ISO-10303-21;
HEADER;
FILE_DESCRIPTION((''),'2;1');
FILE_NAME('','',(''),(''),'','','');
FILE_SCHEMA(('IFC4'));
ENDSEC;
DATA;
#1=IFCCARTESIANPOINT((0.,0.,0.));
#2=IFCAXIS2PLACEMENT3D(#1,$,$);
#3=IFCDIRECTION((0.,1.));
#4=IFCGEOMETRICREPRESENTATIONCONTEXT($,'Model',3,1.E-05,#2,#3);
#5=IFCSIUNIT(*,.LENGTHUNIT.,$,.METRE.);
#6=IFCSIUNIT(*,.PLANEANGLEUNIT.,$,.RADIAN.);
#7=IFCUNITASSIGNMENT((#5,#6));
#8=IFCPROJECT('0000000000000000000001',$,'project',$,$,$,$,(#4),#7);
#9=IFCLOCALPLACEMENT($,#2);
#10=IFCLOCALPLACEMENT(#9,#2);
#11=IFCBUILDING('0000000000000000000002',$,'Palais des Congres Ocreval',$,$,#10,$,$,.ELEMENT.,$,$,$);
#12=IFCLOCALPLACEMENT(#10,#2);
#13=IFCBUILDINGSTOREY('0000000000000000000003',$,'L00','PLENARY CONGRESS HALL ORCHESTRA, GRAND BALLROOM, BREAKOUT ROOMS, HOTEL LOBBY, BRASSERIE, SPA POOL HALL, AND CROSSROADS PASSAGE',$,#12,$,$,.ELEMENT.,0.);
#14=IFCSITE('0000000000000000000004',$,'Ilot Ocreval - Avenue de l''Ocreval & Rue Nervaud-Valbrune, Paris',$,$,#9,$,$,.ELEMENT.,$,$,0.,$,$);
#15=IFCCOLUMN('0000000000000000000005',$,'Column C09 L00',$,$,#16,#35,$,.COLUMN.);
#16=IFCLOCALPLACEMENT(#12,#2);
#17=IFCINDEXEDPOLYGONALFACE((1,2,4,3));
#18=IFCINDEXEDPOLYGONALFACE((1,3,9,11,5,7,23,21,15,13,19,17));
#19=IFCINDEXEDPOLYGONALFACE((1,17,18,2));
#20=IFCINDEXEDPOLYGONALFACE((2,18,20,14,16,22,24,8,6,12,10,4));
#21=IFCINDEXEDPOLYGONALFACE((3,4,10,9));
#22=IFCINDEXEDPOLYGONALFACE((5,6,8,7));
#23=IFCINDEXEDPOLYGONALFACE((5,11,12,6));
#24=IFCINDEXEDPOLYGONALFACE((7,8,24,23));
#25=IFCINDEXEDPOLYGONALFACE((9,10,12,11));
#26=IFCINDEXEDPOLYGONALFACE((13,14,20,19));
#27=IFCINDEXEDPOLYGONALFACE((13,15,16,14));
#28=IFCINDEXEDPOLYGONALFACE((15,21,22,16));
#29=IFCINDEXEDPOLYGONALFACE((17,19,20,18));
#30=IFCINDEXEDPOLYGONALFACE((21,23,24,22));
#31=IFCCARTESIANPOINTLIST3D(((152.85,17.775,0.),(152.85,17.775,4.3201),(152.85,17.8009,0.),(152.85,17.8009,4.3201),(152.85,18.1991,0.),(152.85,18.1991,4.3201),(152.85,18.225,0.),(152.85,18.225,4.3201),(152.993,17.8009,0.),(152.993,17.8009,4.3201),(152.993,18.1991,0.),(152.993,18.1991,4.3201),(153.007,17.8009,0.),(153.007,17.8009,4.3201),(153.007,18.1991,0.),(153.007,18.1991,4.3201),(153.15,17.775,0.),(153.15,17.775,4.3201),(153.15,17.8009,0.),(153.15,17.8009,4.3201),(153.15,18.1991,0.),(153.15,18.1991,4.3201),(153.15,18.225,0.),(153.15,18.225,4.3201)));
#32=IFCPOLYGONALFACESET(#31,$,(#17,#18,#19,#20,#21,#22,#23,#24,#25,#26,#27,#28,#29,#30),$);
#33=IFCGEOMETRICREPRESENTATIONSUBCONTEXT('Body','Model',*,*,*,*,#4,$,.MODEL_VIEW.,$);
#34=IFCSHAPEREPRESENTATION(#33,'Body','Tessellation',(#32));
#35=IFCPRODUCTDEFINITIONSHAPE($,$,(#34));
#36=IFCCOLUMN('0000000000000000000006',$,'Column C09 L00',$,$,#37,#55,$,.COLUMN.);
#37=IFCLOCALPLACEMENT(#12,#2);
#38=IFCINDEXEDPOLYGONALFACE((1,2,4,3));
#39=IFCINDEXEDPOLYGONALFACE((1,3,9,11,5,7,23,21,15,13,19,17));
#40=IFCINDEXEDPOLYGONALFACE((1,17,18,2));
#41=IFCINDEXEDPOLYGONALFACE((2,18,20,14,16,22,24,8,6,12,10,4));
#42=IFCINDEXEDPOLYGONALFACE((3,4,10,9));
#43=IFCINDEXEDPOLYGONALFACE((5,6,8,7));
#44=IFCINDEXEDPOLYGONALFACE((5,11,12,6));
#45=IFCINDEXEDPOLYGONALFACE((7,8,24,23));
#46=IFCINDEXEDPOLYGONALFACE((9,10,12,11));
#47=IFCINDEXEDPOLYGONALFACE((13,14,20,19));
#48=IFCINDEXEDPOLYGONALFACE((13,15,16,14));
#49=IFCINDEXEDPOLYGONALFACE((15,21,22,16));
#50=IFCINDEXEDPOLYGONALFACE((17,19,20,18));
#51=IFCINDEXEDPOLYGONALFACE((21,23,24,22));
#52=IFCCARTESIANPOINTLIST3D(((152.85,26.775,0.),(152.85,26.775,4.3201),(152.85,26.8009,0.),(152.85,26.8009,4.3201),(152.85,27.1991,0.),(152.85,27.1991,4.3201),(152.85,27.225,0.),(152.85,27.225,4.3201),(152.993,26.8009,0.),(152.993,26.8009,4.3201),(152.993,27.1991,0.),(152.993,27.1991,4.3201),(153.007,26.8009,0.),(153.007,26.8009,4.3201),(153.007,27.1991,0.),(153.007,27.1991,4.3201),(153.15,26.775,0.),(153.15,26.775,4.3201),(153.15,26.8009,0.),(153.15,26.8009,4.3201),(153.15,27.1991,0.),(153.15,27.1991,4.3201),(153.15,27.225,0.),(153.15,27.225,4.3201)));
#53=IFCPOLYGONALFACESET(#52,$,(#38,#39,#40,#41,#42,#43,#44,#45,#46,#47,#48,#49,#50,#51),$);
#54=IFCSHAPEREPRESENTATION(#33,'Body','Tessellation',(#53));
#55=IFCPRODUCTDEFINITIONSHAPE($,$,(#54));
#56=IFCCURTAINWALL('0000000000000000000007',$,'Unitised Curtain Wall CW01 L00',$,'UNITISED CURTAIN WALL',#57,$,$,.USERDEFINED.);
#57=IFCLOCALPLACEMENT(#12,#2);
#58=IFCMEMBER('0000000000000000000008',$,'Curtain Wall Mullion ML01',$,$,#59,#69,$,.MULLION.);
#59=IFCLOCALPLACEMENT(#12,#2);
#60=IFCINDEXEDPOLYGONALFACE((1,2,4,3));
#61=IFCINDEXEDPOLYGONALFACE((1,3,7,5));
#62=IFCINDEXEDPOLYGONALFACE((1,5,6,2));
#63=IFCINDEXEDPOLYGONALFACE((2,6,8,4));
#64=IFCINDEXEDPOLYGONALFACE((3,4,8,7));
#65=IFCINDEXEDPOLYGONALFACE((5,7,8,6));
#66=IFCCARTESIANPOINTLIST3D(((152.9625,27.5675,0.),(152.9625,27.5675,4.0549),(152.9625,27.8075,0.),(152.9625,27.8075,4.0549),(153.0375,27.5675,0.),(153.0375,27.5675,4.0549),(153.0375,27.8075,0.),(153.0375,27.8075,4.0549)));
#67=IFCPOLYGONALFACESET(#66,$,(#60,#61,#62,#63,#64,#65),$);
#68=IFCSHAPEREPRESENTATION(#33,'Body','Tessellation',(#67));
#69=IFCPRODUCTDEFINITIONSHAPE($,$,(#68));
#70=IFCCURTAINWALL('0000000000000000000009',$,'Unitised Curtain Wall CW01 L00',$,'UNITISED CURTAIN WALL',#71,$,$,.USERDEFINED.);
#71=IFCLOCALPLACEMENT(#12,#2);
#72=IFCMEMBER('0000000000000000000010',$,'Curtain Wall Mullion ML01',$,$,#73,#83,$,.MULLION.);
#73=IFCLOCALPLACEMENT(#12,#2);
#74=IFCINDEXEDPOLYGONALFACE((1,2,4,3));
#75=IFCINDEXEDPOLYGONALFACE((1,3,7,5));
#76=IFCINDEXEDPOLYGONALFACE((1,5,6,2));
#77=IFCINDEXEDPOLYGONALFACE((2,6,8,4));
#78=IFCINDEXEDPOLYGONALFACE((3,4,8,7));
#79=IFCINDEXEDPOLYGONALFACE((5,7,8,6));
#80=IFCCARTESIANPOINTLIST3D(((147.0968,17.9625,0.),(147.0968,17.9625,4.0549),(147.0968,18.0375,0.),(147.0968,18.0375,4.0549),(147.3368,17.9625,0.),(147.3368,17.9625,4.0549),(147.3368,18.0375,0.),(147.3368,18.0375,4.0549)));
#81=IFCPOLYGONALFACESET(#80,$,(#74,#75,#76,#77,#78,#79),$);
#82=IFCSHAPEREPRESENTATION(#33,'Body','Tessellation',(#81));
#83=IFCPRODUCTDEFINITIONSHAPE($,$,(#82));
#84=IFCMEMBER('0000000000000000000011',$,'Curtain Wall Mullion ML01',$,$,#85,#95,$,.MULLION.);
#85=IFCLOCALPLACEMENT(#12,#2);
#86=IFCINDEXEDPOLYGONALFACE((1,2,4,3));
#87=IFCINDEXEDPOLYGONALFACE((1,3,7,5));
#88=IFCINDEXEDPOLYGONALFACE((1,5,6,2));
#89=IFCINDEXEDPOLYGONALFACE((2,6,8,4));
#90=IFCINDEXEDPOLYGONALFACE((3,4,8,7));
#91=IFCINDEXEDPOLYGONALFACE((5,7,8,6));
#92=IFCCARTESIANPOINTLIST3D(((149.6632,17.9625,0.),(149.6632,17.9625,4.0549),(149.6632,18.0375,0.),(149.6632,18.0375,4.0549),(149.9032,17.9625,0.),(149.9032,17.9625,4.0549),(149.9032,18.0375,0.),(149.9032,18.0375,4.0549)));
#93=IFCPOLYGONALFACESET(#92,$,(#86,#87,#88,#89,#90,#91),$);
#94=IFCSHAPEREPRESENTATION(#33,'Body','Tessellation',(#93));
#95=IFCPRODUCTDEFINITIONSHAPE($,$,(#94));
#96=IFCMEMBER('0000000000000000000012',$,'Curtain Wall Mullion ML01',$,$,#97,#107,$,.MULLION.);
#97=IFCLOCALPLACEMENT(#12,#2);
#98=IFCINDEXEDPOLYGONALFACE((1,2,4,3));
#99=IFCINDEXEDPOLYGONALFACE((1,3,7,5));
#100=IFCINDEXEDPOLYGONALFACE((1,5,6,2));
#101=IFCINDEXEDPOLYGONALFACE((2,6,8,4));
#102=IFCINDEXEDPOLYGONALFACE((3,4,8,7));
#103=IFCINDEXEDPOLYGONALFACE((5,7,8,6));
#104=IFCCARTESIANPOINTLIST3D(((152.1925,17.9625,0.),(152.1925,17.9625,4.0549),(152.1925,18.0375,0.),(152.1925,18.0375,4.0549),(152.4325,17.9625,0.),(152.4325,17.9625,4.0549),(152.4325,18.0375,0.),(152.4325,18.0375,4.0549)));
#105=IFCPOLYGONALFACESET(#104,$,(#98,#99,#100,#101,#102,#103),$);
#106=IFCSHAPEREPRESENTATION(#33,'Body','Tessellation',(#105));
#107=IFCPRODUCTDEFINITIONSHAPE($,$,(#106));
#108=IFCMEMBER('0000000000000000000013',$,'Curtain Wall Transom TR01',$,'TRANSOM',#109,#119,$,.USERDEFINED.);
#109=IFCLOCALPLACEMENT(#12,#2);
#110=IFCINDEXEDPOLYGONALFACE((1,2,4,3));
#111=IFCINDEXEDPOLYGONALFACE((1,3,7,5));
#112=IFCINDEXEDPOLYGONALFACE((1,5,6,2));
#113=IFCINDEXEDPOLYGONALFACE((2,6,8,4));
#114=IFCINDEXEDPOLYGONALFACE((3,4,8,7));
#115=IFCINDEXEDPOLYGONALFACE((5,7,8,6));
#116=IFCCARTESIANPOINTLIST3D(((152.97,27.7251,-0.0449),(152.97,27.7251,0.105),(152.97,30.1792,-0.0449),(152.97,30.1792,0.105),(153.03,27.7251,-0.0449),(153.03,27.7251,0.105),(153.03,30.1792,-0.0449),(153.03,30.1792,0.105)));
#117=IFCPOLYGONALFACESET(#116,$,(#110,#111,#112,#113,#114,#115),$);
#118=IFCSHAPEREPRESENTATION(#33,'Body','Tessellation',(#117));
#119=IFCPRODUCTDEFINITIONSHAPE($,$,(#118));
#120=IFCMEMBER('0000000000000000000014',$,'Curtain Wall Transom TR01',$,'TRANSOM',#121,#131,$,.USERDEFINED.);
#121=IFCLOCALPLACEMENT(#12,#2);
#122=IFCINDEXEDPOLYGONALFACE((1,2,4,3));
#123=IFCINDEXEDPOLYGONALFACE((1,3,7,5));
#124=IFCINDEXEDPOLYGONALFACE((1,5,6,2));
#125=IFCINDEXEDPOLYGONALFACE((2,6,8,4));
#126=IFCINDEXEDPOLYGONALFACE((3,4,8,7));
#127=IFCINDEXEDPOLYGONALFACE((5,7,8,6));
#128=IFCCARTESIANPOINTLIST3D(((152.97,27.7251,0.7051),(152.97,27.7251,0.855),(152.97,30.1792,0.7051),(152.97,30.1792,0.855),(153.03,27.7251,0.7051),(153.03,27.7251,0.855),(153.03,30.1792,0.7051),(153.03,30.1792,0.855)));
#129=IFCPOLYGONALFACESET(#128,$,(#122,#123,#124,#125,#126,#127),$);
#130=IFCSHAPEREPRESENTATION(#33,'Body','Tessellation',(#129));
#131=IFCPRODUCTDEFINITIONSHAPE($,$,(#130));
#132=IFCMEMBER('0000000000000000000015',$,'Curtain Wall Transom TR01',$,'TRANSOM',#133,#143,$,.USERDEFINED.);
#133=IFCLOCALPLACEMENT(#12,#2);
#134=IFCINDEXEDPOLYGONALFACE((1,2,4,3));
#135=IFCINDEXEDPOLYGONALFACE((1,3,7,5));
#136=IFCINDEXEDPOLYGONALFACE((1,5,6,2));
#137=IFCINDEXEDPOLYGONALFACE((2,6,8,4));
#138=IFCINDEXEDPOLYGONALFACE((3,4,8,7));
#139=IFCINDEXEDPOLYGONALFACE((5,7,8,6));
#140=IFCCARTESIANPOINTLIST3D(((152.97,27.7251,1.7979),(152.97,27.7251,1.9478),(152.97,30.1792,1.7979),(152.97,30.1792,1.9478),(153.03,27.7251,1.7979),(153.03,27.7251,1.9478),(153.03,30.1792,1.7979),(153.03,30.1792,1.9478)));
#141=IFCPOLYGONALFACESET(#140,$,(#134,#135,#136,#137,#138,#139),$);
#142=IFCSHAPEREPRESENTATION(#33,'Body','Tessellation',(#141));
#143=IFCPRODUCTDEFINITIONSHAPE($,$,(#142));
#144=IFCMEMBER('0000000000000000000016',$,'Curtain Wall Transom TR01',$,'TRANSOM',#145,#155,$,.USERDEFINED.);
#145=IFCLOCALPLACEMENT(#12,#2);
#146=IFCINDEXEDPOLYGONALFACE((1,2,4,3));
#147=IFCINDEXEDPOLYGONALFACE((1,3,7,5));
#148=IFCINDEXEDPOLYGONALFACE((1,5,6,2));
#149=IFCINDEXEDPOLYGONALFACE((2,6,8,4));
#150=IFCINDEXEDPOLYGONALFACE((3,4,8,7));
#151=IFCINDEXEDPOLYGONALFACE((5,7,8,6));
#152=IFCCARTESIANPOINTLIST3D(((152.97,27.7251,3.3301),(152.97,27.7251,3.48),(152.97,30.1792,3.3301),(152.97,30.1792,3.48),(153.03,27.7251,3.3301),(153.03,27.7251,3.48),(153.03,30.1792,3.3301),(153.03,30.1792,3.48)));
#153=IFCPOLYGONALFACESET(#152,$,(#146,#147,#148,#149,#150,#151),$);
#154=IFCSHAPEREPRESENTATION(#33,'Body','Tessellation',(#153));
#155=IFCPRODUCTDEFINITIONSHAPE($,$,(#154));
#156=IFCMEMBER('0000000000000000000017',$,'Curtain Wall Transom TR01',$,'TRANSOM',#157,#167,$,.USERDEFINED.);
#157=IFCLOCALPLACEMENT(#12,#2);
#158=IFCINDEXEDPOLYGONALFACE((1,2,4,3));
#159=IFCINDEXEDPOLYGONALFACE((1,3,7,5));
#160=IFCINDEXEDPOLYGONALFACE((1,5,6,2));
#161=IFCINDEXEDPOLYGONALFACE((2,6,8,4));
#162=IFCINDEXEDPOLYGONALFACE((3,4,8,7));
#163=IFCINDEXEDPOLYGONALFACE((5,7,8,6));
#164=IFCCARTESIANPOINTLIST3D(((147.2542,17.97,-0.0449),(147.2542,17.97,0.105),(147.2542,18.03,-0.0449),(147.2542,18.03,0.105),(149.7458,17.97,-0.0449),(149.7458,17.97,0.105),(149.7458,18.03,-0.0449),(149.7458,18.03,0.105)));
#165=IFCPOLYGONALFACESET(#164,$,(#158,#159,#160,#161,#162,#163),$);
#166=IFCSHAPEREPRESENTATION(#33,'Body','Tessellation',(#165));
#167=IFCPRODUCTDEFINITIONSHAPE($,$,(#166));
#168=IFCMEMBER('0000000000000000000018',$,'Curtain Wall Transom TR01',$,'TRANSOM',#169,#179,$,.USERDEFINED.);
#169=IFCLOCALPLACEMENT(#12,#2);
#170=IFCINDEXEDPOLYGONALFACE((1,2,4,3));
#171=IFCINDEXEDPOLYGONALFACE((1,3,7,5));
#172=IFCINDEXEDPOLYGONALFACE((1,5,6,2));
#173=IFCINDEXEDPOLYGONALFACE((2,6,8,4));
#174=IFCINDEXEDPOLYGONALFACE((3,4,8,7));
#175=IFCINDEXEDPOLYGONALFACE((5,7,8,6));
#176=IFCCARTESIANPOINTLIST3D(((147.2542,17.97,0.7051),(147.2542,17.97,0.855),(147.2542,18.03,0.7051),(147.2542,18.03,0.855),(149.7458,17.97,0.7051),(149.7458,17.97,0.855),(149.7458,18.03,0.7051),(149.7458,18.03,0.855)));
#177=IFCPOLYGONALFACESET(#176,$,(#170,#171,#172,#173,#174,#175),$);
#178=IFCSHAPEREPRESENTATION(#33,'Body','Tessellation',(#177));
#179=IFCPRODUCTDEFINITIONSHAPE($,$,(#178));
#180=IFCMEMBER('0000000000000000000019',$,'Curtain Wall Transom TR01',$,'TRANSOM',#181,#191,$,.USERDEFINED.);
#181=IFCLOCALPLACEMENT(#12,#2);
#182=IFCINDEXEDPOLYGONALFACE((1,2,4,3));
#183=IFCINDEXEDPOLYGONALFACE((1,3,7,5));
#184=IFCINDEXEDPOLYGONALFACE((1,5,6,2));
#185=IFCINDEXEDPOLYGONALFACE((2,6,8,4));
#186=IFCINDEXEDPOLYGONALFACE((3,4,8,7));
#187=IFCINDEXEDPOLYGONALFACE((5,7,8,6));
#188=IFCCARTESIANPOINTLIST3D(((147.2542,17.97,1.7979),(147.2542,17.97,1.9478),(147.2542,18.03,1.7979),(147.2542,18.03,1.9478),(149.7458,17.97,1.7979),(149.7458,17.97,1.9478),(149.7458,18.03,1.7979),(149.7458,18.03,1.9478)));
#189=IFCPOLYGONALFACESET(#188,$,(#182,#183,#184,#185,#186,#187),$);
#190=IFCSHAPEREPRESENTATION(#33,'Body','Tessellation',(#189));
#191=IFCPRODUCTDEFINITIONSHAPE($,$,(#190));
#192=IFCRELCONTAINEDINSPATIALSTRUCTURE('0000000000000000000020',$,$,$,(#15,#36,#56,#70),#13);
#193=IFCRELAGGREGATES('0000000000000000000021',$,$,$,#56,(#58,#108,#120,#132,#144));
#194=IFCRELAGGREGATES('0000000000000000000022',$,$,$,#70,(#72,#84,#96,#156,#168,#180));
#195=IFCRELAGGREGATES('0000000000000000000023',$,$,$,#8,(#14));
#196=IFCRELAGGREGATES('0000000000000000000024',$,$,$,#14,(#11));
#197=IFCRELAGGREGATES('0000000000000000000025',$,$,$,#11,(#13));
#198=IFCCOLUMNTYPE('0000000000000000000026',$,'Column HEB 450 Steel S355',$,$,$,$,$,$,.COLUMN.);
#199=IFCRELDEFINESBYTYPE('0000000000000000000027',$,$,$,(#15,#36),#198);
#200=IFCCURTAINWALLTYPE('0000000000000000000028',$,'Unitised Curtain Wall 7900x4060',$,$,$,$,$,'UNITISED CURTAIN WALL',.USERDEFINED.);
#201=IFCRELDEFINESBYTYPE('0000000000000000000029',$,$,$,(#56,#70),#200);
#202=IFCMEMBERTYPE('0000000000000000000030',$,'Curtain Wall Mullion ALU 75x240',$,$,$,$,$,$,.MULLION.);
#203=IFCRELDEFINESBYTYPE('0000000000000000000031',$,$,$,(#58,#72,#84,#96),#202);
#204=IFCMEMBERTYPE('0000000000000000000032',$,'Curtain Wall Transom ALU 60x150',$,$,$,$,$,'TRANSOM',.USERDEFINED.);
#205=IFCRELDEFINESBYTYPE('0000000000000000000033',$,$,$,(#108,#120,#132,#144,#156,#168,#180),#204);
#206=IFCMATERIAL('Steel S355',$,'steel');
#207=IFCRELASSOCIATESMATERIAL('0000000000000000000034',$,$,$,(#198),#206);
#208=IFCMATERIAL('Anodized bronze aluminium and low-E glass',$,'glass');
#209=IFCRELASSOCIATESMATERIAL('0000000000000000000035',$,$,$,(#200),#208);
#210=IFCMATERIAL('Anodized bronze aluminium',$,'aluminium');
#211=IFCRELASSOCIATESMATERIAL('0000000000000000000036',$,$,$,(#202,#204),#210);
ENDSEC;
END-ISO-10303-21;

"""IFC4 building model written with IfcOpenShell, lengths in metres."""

from ifc_helpers import new_model, si_unit, direction, frame, origin, origin_2d, place, context, subcontext, project, spatial, rectangle, i_section, extrude, material, material_profile, profile_set, type_object, element, aggregate, save


model = new_model("IFC4")

# Units and contexts
model_context = context("Model", 3, precision=1e-05, world=origin(), true_north=direction((0.0, 1.0)))
body_context = subcontext(model_context, "Body", "Model", "MODEL_VIEW")
ifc_project = project(units=[si_unit("LENGTHUNIT", "METRE"), si_unit("PLANEANGLEUNIT", "RADIAN")], contexts=[model_context])

# Site, building, storey
site_placement = place(None, origin())
site = spatial("IfcSite", under=ifc_project, at=site_placement, Name="Ilot Ocreval - Avenue de l'Ocreval & Rue Nervaud-Valbrune, Paris", CompositionType="ELEMENT", RefElevation=0.0)
building_placement = place(site_placement, origin())
building = spatial("IfcBuilding", under=site, at=building_placement, Name="Palais des Congres Ocreval", CompositionType="ELEMENT")
storey_placement = place(building_placement, origin())
storey = spatial("IfcBuildingStorey", under=building, at=storey_placement, Name="L00", Description="PLENARY CONGRESS HALL ORCHESTRA, GRAND BALLROOM, BREAKOUT ROOMS, HOTEL LOBBY, BRASSERIE, SPA POOL HALL, AND CROSSROADS PASSAGE", CompositionType="ELEMENT", Elevation=0.0)

# Columns
ifc_material_1 = material(Name="Steel S355", Category="steel")
ifc_material_profile_1 = material_profile(ifc_material_1, i_section(OverallWidth=0.3, OverallDepth=0.45, WebThickness=0.0139, FlangeThickness=0.0259, at=origin_2d()), Name="HEB 450")
ifc_profile_set_1 = profile_set([ifc_material_profile_1], Name="Steel S355")
column_type = type_object("IfcColumnType", Name="Column HEB 450 Steel S355", PredefinedType="COLUMN", material=ifc_profile_set_1)
for number, where, z_axis, x_axis, name in (
    (1, (153.0, 18.0, 0.0), (0.0, 0.0, 1.0), (1.0, 0.0, 0.0), "Column C09 L00"),
    (2, (153.0, 27.0, 0.0), (0.0, 0.0, 1.0), (1.0, 0.0, 0.0), "Column C09 L00"),
):
    element("IfcColumn", number, at=place(storey_placement, frame(where, z_axis=z_axis, x_axis=x_axis)), inside=storey, type_object=column_type, Name=name, PredefinedType="COLUMN", context=body_context, shape_type="SweptSolid", body=[
        extrude(i_section(OverallWidth=0.3, OverallDepth=0.45, WebThickness=0.0139, FlangeThickness=0.0259, at=origin_2d()), origin(), (0.0, 0.0, 1.0), 4.3201),
    ])

# Curtain wall, member
ifc_material_2 = material(Name="Anodized bronze aluminium and low-E glass", Category="glass")
curtain_wall_type = type_object("IfcCurtainWallType", Name="Unitised Curtain Wall 7900x4060", ElementType="UNITISED CURTAIN WALL", PredefinedType="USERDEFINED", material=ifc_material_2)
curtain_wall_1_placement = place(storey_placement, origin())
curtain_wall_1 = element("IfcCurtainWall", 3, at=curtain_wall_1_placement, inside=storey, type_object=curtain_wall_type, Name="Unitised Curtain Wall CW01 L00", ObjectType="UNITISED CURTAIN WALL", PredefinedType="USERDEFINED")
ifc_material_3 = material(Name="Anodized bronze aluminium", Category="aluminium")
ifc_material_profile_2 = material_profile(ifc_material_3, rectangle(XDim=0.075, YDim=0.24, at=origin_2d()), Name="ALU 75x240")
ifc_profile_set_2 = profile_set([ifc_material_profile_2], Name="Anodized bronze aluminium")
member_type_1 = type_object("IfcMemberType", Name="Curtain Wall Mullion ALU 75x240", PredefinedType="MULLION", material=ifc_profile_set_2)
member_1_placement = place(storey_placement, frame((153.0, 27.6875, 0.0), z_axis=(0.0, 0.0, 1.0), x_axis=(-1.0, 0.0, 0.0)))
member_1 = element("IfcMember", 4, at=member_1_placement, type_object=member_type_1, Name="Curtain Wall Mullion ML01", PredefinedType="MULLION", context=body_context, shape_type="SweptSolid", body=[
    extrude(rectangle(XDim=0.075, YDim=0.24, at=origin_2d()), origin(), (0.0, 0.0, 1.0), 4.0549),
])

# Curtain wall, members
curtain_wall_2_placement = place(storey_placement, origin())
curtain_wall_2 = element("IfcCurtainWall", 5, at=curtain_wall_2_placement, inside=storey, type_object=curtain_wall_type, Name="Unitised Curtain Wall CW01 L00", ObjectType="UNITISED CURTAIN WALL", PredefinedType="USERDEFINED")
member_2_placement = place(storey_placement, frame((147.2168, 18.0, 0.0), z_axis=(0.0, 0.0, 1.0), x_axis=(0.0, 1.0, 0.0)))
member_2 = element("IfcMember", 6, at=member_2_placement, type_object=member_type_1, Name="Curtain Wall Mullion ML01", PredefinedType="MULLION", context=body_context, shape_type="SweptSolid", body=[
    extrude(rectangle(XDim=0.075, YDim=0.24, at=origin_2d()), origin(), (0.0, 0.0, 1.0), 4.0549),
])
member_3_placement = place(storey_placement, frame((149.7832, 18.0, 0.0), z_axis=(0.0, 0.0, 1.0), x_axis=(0.0, 1.0, 0.0)))
member_3 = element("IfcMember", 7, at=member_3_placement, type_object=member_type_1, Name="Curtain Wall Mullion ML01", PredefinedType="MULLION", context=body_context, shape_type="SweptSolid", body=[
    extrude(rectangle(XDim=0.075, YDim=0.24, at=origin_2d()), origin(), (0.0, 0.0, 1.0), 4.0549),
])
member_4_placement = place(storey_placement, frame((152.3125, 18.0, 0.0), z_axis=(0.0, 0.0, 1.0), x_axis=(0.0, 1.0, 0.0)))
member_4 = element("IfcMember", 8, at=member_4_placement, type_object=member_type_1, Name="Curtain Wall Mullion ML01", PredefinedType="MULLION", context=body_context, shape_type="SweptSolid", body=[
    extrude(rectangle(XDim=0.075, YDim=0.24, at=origin_2d()), origin(), (0.0, 0.0, 1.0), 4.0549),
])

# Members
ifc_material_profile_3 = material_profile(ifc_material_3, rectangle(XDim=0.0601, YDim=0.1499, at=origin_2d()), Name="ALU 60x150")
ifc_profile_set_3 = profile_set([ifc_material_profile_3], Name="Anodized bronze aluminium")
member_type_2 = type_object("IfcMemberType", Name="Curtain Wall Transom ALU 60x150", ElementType="TRANSOM", PredefinedType="USERDEFINED", material=ifc_profile_set_3)
member_5_placement = place(storey_placement, frame((153.0, 27.7251, 0.03), z_axis=(0.0, 1.0, 0.0), x_axis=(-1.0, 0.0, 0.0)))
member_5 = element("IfcMember", 9, at=member_5_placement, type_object=member_type_2, Name="Curtain Wall Transom TR01", ObjectType="TRANSOM", PredefinedType="USERDEFINED", context=body_context, shape_type="SweptSolid", body=[
    extrude(rectangle(XDim=0.0601, YDim=0.1499, at=origin_2d()), origin(), (0.0, 0.0, 1.0), 2.4541),
])
member_6_placement = place(storey_placement, frame((153.0, 27.7251, 0.78), z_axis=(0.0, 1.0, 0.0), x_axis=(-1.0, 0.0, 0.0)))
member_6 = element("IfcMember", 10, at=member_6_placement, type_object=member_type_2, Name="Curtain Wall Transom TR01", ObjectType="TRANSOM", PredefinedType="USERDEFINED", context=body_context, shape_type="SweptSolid", body=[
    extrude(rectangle(XDim=0.0601, YDim=0.1499, at=origin_2d()), origin(), (0.0, 0.0, 1.0), 2.4541),
])
member_7_placement = place(storey_placement, frame((153.0, 27.7251, 1.8728), z_axis=(0.0, 1.0, 0.0), x_axis=(-1.0, 0.0, 0.0)))
member_7 = element("IfcMember", 11, at=member_7_placement, type_object=member_type_2, Name="Curtain Wall Transom TR01", ObjectType="TRANSOM", PredefinedType="USERDEFINED", context=body_context, shape_type="SweptSolid", body=[
    extrude(rectangle(XDim=0.0601, YDim=0.1499, at=origin_2d()), origin(), (0.0, 0.0, 1.0), 2.4541),
])
member_8_placement = place(storey_placement, frame((153.0, 27.7251, 3.405), z_axis=(0.0, 1.0, 0.0), x_axis=(-1.0, 0.0, 0.0)))
member_8 = element("IfcMember", 12, at=member_8_placement, type_object=member_type_2, Name="Curtain Wall Transom TR01", ObjectType="TRANSOM", PredefinedType="USERDEFINED", context=body_context, shape_type="SweptSolid", body=[
    extrude(rectangle(XDim=0.0601, YDim=0.1499, at=origin_2d()), origin(), (0.0, 0.0, 1.0), 2.4541),
])
aggregate(curtain_wall_1, [member_1, member_5, member_6, member_7, member_8])
member_9_placement = place(storey_placement, frame((147.2542, 18.0, 0.03), z_axis=(1.0, 0.0, 0.0), x_axis=(0.0, 1.0, 0.0)))
member_9 = element("IfcMember", 13, at=member_9_placement, type_object=member_type_2, Name="Curtain Wall Transom TR01", ObjectType="TRANSOM", PredefinedType="USERDEFINED", context=body_context, shape_type="SweptSolid", body=[
    extrude(rectangle(XDim=0.0601, YDim=0.1499, at=origin_2d()), origin(), (0.0, 0.0, 1.0), 2.4917),
])
member_10_placement = place(storey_placement, frame((147.2542, 18.0, 0.78), z_axis=(1.0, 0.0, 0.0), x_axis=(0.0, 1.0, 0.0)))
member_10 = element("IfcMember", 14, at=member_10_placement, type_object=member_type_2, Name="Curtain Wall Transom TR01", ObjectType="TRANSOM", PredefinedType="USERDEFINED", context=body_context, shape_type="SweptSolid", body=[
    extrude(rectangle(XDim=0.0601, YDim=0.1499, at=origin_2d()), origin(), (0.0, 0.0, 1.0), 2.4917),
])
member_11_placement = place(storey_placement, frame((147.2542, 18.0, 1.8728), z_axis=(1.0, 0.0, 0.0), x_axis=(0.0, 1.0, 0.0)))
member_11 = element("IfcMember", 15, at=member_11_placement, type_object=member_type_2, Name="Curtain Wall Transom TR01", ObjectType="TRANSOM", PredefinedType="USERDEFINED", context=body_context, shape_type="SweptSolid", body=[
    extrude(rectangle(XDim=0.0601, YDim=0.1499, at=origin_2d()), origin(), (0.0, 0.0, 1.0), 2.4917),
])

aggregate(curtain_wall_2, [member_2, member_3, member_4, member_9, member_10, member_11])

save(model, "model.ifc")
